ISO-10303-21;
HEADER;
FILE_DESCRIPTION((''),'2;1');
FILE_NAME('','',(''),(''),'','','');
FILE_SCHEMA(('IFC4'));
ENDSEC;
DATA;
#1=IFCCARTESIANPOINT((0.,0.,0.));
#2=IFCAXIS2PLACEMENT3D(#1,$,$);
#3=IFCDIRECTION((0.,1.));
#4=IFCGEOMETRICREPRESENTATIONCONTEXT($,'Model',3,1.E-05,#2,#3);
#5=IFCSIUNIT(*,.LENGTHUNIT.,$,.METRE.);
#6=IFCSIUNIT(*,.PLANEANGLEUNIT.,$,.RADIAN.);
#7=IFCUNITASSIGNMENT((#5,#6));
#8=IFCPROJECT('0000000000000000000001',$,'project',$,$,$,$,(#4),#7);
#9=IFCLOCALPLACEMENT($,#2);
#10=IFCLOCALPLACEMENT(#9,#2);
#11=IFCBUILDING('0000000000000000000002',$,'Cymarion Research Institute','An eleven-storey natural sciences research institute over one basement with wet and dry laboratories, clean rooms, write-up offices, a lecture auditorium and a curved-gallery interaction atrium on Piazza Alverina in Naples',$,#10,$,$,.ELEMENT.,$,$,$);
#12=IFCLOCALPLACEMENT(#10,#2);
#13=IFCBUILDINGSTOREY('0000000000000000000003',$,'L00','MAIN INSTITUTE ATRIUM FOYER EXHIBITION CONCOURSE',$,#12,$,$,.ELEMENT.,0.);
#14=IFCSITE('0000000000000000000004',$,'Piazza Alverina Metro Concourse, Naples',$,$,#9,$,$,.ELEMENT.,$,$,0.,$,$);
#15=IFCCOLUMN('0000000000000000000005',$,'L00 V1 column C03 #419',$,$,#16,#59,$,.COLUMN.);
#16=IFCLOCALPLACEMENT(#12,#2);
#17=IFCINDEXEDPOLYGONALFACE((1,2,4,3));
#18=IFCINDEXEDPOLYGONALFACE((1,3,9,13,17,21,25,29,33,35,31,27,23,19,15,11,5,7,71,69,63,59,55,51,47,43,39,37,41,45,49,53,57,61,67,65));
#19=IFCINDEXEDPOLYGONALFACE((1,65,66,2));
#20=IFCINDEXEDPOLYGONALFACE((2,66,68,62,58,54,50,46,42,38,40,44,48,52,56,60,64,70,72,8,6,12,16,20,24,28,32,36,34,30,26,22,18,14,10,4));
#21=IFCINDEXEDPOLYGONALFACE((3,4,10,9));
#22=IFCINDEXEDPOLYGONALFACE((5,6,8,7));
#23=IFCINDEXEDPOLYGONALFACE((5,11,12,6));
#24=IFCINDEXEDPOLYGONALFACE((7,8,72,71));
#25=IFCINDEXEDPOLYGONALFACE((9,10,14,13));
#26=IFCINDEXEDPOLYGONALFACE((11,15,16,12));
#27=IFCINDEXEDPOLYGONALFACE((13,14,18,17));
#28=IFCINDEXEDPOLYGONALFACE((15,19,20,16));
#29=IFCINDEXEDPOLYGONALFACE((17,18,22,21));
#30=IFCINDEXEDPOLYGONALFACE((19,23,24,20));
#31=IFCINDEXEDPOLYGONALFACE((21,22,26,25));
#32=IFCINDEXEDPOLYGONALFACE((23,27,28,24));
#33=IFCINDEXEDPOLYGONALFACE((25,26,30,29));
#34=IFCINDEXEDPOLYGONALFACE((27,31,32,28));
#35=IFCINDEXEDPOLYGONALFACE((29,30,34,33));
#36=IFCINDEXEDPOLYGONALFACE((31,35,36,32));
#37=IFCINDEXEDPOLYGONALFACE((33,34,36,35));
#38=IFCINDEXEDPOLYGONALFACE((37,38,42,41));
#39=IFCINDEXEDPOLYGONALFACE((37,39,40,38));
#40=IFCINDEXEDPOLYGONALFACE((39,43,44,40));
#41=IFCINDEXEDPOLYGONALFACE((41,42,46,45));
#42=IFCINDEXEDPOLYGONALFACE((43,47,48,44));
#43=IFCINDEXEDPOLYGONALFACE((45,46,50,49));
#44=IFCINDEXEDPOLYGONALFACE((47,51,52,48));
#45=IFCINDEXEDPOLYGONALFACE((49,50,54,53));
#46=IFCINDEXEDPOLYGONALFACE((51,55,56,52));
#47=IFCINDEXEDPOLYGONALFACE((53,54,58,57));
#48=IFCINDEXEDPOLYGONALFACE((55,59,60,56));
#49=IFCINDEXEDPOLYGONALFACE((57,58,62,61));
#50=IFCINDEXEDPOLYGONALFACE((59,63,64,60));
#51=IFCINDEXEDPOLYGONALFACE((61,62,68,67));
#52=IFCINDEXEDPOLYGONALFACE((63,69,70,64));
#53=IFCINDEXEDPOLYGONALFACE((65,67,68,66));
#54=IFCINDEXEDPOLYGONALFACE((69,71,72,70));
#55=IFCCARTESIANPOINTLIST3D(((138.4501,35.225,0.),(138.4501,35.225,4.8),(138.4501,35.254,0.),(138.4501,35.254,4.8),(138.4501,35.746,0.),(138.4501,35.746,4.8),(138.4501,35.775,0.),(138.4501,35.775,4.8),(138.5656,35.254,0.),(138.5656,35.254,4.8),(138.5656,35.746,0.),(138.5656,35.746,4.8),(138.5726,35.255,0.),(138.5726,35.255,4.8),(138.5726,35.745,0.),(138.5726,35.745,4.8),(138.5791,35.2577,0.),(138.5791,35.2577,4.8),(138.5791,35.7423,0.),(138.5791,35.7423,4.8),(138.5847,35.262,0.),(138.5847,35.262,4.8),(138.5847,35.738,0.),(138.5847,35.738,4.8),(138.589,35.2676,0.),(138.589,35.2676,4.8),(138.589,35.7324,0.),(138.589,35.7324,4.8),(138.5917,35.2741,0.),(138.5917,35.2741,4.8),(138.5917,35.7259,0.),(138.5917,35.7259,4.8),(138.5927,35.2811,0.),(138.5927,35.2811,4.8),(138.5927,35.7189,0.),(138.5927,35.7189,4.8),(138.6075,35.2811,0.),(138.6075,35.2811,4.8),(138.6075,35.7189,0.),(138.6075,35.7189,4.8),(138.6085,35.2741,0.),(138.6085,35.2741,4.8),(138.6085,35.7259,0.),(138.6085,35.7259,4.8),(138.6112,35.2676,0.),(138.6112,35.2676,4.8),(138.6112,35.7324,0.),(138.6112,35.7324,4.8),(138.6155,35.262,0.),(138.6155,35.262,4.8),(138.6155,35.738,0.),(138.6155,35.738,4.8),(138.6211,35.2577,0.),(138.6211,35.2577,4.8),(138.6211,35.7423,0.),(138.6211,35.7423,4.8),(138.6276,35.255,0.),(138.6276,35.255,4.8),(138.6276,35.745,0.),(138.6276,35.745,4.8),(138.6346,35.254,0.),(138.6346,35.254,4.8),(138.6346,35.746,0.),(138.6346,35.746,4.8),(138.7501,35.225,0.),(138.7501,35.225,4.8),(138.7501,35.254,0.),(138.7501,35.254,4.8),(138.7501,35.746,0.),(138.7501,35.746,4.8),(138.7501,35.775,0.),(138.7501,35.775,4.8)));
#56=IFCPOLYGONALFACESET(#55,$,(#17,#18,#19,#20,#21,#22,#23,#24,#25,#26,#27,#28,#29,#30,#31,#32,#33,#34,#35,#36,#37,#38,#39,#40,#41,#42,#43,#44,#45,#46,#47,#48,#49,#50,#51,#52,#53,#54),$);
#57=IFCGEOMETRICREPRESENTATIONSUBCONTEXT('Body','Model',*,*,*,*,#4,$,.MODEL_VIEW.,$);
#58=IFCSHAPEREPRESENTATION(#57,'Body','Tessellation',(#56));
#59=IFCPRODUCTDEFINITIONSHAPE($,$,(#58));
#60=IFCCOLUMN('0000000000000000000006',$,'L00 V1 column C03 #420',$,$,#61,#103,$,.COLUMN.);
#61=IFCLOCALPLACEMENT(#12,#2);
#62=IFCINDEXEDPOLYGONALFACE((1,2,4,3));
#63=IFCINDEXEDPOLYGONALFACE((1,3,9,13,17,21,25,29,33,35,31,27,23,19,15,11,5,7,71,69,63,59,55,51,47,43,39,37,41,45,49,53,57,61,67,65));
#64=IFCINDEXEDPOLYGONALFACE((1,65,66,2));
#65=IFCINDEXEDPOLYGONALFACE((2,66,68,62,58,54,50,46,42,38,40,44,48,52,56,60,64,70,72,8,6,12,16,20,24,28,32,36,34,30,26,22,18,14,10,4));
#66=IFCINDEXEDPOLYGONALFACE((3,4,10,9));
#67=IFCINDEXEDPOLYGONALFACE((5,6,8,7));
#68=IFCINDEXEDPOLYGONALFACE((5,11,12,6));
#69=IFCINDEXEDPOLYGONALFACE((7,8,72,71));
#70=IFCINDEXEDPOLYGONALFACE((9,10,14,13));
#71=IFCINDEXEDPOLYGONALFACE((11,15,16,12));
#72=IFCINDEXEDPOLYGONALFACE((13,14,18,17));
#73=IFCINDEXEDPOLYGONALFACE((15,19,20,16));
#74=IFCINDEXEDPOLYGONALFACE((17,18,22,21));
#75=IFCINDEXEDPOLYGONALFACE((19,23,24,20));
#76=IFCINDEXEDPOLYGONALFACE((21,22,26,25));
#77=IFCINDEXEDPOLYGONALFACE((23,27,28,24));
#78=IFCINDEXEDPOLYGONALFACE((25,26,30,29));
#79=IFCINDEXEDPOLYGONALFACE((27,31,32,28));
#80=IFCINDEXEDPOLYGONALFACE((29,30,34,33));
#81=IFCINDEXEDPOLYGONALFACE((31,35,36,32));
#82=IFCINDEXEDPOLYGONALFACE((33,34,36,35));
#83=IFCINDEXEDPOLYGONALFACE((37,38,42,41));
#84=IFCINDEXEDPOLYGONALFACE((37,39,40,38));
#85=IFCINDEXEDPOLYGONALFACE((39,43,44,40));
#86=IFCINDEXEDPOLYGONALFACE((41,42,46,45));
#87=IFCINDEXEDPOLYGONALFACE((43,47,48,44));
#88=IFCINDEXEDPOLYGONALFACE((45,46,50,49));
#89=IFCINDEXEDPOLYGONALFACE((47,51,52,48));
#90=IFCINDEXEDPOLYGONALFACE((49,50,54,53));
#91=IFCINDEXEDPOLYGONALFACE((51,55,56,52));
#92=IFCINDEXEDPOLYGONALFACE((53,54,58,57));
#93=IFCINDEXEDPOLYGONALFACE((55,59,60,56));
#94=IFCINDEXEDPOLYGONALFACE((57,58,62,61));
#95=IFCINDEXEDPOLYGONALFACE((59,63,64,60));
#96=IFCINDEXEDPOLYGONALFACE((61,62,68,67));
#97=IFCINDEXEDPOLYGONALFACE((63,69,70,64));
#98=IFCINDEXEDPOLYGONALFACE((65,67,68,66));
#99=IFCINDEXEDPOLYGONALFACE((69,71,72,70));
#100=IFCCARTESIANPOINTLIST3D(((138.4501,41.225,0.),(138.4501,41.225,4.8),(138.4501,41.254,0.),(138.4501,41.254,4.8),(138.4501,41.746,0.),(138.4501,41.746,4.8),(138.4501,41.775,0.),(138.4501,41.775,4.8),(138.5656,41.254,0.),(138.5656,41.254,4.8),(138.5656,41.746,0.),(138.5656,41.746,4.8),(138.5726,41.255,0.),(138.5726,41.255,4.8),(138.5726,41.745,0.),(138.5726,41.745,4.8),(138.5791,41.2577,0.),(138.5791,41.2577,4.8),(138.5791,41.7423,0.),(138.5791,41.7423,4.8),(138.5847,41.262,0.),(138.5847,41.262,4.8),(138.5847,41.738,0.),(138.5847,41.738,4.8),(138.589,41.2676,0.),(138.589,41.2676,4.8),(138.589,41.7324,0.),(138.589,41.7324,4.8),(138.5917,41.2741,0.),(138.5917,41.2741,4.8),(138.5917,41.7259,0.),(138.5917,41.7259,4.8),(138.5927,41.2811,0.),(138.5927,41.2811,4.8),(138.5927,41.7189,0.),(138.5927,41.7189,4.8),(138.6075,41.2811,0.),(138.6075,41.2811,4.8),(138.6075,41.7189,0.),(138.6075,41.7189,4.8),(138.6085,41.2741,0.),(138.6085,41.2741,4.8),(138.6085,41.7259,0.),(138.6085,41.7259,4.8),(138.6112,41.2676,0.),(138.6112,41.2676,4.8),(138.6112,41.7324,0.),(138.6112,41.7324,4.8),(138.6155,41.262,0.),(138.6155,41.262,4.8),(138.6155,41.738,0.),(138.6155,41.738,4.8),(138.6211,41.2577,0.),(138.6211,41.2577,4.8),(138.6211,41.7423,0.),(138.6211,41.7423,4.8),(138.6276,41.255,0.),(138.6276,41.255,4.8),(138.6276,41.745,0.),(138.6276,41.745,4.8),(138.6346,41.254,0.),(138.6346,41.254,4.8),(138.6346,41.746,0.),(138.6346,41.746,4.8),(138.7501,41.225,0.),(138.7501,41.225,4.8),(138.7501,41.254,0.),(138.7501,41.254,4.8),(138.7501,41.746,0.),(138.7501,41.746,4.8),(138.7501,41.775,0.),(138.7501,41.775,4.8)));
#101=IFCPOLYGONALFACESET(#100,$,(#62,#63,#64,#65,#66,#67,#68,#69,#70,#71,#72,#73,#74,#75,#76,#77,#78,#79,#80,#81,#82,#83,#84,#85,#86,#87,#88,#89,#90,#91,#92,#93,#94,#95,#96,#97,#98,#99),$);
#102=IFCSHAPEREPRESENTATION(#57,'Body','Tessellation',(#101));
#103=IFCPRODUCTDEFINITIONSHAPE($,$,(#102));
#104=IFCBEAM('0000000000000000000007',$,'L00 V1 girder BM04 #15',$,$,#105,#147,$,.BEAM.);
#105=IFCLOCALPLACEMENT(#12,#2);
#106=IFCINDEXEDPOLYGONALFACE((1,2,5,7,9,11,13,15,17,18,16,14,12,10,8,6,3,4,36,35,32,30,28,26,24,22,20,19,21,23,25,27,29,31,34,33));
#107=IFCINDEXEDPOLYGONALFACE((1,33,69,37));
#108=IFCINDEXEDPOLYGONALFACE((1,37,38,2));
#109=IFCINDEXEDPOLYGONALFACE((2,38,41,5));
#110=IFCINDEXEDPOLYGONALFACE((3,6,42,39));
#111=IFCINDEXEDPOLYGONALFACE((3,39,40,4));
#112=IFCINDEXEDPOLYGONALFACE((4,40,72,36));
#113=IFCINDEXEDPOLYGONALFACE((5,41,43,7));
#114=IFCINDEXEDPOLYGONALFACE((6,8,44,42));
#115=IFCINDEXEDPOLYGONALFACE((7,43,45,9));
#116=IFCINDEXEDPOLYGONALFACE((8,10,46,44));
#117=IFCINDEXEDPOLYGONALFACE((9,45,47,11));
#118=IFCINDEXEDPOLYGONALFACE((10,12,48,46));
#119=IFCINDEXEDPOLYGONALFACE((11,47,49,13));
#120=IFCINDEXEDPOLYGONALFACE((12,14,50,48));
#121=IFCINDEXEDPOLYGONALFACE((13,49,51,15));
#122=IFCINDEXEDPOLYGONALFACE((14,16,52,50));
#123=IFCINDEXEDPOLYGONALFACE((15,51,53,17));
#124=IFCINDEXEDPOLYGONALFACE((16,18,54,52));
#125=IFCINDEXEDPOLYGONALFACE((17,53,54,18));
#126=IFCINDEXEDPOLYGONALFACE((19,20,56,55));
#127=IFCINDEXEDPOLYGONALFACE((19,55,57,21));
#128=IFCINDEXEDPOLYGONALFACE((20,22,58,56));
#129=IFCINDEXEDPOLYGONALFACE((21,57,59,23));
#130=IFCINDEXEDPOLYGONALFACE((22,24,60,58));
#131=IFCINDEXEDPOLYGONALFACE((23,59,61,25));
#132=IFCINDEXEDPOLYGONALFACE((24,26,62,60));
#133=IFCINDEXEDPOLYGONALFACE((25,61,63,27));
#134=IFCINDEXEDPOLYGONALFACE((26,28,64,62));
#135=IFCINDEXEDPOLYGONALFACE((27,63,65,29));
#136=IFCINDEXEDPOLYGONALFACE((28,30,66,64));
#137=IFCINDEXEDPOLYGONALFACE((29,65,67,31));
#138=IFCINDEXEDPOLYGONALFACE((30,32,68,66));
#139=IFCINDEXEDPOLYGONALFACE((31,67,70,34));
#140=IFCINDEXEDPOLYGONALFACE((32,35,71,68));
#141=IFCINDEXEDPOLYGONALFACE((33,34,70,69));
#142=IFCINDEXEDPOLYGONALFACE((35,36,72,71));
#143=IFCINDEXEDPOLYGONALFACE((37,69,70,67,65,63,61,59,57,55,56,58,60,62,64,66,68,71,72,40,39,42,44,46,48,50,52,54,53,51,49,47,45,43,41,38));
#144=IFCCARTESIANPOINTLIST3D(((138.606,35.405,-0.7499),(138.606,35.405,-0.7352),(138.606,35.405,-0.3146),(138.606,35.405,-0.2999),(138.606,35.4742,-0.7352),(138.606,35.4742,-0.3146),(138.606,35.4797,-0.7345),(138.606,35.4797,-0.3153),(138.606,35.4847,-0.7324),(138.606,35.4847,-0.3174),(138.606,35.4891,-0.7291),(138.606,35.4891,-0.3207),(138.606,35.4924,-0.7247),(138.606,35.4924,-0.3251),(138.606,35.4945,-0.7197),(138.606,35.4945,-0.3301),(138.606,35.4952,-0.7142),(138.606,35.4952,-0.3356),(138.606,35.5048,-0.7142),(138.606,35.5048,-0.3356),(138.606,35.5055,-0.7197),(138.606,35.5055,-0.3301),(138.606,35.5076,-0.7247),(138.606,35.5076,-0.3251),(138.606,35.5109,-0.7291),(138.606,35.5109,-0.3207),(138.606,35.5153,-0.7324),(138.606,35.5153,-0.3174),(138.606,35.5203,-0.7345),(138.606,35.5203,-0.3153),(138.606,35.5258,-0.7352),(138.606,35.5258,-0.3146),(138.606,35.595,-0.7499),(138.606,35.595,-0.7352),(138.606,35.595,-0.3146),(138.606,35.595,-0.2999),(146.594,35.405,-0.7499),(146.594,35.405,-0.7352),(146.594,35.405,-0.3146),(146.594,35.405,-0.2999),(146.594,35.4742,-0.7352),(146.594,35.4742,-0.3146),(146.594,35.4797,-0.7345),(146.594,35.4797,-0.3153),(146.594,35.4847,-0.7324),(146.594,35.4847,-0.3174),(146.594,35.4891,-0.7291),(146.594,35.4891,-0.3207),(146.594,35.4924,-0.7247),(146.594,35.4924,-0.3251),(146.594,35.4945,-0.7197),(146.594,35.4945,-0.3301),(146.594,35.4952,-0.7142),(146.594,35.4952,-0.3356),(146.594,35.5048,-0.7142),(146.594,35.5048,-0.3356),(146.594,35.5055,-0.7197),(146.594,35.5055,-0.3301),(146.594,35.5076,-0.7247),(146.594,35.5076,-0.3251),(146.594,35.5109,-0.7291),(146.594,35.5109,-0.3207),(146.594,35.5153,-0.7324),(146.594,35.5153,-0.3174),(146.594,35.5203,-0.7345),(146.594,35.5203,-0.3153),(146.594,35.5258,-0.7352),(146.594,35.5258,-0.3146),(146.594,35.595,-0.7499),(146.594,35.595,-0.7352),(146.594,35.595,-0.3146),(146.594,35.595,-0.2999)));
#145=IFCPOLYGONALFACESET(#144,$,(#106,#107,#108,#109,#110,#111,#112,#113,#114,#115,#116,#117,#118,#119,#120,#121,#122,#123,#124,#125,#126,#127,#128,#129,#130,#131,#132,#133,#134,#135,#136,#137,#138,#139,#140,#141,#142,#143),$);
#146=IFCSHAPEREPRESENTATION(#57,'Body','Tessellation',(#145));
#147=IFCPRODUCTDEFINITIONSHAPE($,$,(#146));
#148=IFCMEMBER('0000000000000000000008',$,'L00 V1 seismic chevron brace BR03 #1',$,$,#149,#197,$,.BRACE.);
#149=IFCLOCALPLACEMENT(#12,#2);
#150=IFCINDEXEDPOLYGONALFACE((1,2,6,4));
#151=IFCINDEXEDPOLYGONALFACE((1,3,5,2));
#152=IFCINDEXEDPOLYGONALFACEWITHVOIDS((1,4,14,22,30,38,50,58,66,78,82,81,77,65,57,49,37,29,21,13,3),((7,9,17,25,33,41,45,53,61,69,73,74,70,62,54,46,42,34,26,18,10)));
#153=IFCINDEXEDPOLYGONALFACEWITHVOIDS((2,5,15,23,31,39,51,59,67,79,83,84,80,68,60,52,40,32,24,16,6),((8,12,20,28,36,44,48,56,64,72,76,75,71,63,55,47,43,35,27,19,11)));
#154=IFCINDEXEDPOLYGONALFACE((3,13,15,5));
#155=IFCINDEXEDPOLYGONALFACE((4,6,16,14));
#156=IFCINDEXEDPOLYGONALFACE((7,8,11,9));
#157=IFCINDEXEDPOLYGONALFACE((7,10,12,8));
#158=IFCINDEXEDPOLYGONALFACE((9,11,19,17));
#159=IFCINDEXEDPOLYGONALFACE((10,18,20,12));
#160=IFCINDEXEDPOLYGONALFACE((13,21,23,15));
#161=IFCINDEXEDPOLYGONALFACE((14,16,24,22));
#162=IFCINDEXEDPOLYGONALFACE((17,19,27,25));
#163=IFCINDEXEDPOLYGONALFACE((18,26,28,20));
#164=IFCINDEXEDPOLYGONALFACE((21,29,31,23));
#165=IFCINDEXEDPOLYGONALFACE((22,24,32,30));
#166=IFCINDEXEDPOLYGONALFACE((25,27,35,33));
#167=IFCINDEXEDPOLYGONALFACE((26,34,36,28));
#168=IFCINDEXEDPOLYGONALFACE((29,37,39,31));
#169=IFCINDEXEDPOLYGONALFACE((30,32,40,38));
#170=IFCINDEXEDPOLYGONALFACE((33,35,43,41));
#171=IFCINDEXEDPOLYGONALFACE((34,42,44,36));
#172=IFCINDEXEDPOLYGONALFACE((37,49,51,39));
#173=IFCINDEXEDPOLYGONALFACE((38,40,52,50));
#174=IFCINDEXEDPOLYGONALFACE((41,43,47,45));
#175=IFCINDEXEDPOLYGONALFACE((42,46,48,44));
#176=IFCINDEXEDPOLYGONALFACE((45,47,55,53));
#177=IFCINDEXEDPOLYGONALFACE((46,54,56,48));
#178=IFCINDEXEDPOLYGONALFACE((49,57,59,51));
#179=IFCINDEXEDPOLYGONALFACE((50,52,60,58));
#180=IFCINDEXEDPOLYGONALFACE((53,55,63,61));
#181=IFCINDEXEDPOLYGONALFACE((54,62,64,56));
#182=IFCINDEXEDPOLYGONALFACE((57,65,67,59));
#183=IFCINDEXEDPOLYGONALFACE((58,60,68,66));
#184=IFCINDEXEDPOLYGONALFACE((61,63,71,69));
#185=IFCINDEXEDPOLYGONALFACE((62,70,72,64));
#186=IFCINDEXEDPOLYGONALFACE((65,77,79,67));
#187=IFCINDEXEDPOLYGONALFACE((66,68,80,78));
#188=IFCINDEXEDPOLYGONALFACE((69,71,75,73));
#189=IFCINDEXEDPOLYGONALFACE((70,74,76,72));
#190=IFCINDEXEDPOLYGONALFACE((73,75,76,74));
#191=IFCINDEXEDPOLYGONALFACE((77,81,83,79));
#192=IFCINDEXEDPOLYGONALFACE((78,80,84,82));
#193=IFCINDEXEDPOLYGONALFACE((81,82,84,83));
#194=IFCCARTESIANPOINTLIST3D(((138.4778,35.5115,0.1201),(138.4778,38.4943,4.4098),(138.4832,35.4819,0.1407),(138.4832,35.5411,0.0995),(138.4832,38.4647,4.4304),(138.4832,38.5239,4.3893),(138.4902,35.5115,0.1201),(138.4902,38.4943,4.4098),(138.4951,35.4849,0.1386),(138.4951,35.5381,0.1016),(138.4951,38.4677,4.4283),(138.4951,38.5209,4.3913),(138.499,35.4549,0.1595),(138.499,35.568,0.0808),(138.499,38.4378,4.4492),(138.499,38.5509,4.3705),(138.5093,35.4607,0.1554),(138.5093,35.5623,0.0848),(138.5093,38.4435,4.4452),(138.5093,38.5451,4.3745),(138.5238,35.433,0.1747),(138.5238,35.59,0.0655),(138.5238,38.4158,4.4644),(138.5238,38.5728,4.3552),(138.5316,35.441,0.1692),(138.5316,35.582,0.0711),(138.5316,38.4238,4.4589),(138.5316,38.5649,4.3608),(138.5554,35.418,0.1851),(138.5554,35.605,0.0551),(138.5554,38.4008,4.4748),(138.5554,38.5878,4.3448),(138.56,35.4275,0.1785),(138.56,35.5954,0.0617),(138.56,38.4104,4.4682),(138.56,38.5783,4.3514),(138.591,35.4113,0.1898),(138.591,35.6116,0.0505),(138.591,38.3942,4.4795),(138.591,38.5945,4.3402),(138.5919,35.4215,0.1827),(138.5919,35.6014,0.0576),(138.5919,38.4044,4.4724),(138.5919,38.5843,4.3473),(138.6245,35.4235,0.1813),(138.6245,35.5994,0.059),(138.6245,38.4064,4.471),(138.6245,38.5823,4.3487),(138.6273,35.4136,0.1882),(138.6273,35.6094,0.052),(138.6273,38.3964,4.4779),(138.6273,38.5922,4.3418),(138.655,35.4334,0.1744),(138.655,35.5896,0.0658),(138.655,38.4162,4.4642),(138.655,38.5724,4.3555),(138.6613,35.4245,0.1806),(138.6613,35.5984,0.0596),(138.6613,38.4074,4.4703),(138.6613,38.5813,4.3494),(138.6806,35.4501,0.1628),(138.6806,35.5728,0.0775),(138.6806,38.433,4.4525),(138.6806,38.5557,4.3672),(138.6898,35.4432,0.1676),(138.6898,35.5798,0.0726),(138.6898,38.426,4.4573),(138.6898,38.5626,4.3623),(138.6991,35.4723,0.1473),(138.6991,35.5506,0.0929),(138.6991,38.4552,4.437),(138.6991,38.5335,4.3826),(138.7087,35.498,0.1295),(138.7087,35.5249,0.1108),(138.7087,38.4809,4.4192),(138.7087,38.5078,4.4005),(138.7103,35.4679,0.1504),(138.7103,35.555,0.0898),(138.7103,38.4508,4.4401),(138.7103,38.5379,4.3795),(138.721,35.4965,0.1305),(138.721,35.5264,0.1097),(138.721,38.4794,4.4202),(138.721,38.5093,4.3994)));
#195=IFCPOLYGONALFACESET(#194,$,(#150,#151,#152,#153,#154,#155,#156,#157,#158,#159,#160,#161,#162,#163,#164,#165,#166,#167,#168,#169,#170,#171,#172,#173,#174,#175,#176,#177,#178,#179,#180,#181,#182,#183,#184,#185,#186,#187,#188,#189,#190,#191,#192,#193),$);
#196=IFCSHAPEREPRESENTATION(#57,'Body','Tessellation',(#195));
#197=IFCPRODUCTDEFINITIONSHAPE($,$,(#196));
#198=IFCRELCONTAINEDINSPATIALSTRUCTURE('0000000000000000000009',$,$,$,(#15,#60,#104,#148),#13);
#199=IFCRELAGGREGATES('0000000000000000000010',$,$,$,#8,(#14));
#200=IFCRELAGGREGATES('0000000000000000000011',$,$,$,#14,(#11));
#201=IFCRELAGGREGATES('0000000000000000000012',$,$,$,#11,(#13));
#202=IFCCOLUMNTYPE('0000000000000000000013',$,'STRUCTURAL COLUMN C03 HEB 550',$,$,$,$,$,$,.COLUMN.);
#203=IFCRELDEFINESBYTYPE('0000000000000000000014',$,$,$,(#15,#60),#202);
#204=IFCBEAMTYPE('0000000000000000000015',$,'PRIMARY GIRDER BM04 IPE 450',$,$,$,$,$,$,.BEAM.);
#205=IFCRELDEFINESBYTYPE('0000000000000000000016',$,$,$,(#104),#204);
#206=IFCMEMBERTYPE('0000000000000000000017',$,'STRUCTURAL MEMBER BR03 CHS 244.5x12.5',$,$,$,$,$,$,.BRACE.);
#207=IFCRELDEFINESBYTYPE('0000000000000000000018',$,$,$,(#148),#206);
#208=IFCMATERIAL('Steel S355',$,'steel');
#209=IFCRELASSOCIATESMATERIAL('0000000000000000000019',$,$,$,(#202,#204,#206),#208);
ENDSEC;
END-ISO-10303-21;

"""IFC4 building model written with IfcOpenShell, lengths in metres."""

from ifc_helpers import new_model, si_unit, direction, frame, origin, origin_2d, place, context, subcontext, project, spatial, hollow_circle, i_section, extrude, material, material_profile, profile_set, type_object, element, save


model = new_model("IFC4")

# Units and contexts
model_context = context("Model", 3, precision=1e-05, world=origin(), true_north=direction((0.0, 1.0)))
body_context = subcontext(model_context, "Body", "Model", "MODEL_VIEW")
ifc_project = project(units=[si_unit("LENGTHUNIT", "METRE"), si_unit("PLANEANGLEUNIT", "RADIAN")], contexts=[model_context])

# Site, building, storey
site_placement = place(None, origin())
site = spatial("IfcSite", under=ifc_project, at=site_placement, Name="Piazza Alverina Metro Concourse, Naples", CompositionType="ELEMENT", RefElevation=0.0)
building_placement = place(site_placement, origin())
building = spatial("IfcBuilding", under=site, at=building_placement, Name="Cymarion Research Institute", Description="An eleven-storey natural sciences research institute over one basement with wet and dry laboratories, clean rooms, write-up offices, a lecture auditorium and a curved-gallery interaction atrium on Piazza Alverina in Naples", CompositionType="ELEMENT")
storey_placement = place(building_placement, origin())
storey = spatial("IfcBuildingStorey", under=building, at=storey_placement, Name="L00", Description="MAIN INSTITUTE ATRIUM FOYER EXHIBITION CONCOURSE", CompositionType="ELEMENT", Elevation=0.0)

# Columns
ifc_material_1 = material(Name="Steel S355", Category="steel")
ifc_material_profile_1 = material_profile(ifc_material_1, i_section(OverallWidth=0.3, OverallDepth=0.55, WebThickness=0.0149, FlangeThickness=0.0291, FilletRadius=0.0271, at=origin_2d()), Name="HEB 550")
ifc_profile_set_1 = profile_set([ifc_material_profile_1], Name="Steel S355")
column_type = type_object("IfcColumnType", Name="STRUCTURAL COLUMN C03 HEB 550", PredefinedType="COLUMN", material=ifc_profile_set_1)
for number, where, z_axis, x_axis, name in (
    (1, (138.6001, 35.5, 0.0), (0.0, 0.0, 1.0), (1.0, 0.0, 0.0), "L00 V1 column C03 #419"),
    (2, (138.6001, 41.5, 0.0), (0.0, 0.0, 1.0), (1.0, 0.0, 0.0), "L00 V1 column C03 #420"),
):
    element("IfcColumn", number, at=place(storey_placement, frame(where, z_axis=z_axis, x_axis=x_axis)), inside=storey, type_object=column_type, Name=name, PredefinedType="COLUMN", context=body_context, shape_type="SweptSolid", body=[
        extrude(i_section(OverallWidth=0.3, OverallDepth=0.55, WebThickness=0.0149, FlangeThickness=0.0291, FilletRadius=0.0271, at=origin_2d()), origin(), (0.0, 0.0, 1.0), 4.8),
    ])

# Beam
ifc_material_profile_2 = material_profile(ifc_material_1, i_section(OverallWidth=0.1899, OverallDepth=0.45, WebThickness=0.0095, FlangeThickness=0.0146, FilletRadius=0.021, at=origin_2d()), Name="IPE 450")
ifc_profile_set_2 = profile_set([ifc_material_profile_2], Name="Steel S355")
beam_type = type_object("IfcBeamType", Name="PRIMARY GIRDER BM04 IPE 450", PredefinedType="BEAM", material=ifc_profile_set_2)
beam_placement = place(storey_placement, frame((138.606, 35.5, -0.5249), z_axis=(1.0, 0.0, 0.0), x_axis=(0.0, 1.0, 0.0)))
element("IfcBeam", 3, at=beam_placement, inside=storey, type_object=beam_type, Name="L00 V1 girder BM04 #15", PredefinedType="BEAM", context=body_context, shape_type="SweptSolid", body=[
    extrude(i_section(OverallWidth=0.1899, OverallDepth=0.45, WebThickness=0.0095, FlangeThickness=0.0146, FilletRadius=0.021, at=origin_2d()), origin(), (0.0, 0.0, 1.0), 7.988),
])

# Member
ifc_material_profile_3 = material_profile(ifc_material_1, hollow_circle(Radius=0.1223, WallThickness=0.0125, at=origin_2d()), Name="CHS 244.5x12.5")
ifc_profile_set_3 = profile_set([ifc_material_profile_3], Name="Steel S355")
member_type = type_object("IfcMemberType", Name="STRUCTURAL MEMBER BR03 CHS 244.5x12.5", PredefinedType="BRACE", material=ifc_profile_set_3)
for number, where, z_axis, x_axis, name in (
    (4, (138.6001, 35.5115, 0.1201), (0.0, 0.570897, 0.821021), (-1.0, 0.0, 0.0), "L00 V1 seismic chevron brace BR03 #1"),
):
    element("IfcMember", number, at=place(storey_placement, frame(where, z_axis=z_axis, x_axis=x_axis)), inside=storey, type_object=member_type, Name=name, PredefinedType="BRACE", context=body_context, shape_type="SweptSolid", body=[
        extrude(hollow_circle(Radius=0.1223, WallThickness=0.0125, at=origin_2d()), origin(), (0.0, 0.0, 1.0), 5.2249),
    ])

save(model, "model.ifc")
